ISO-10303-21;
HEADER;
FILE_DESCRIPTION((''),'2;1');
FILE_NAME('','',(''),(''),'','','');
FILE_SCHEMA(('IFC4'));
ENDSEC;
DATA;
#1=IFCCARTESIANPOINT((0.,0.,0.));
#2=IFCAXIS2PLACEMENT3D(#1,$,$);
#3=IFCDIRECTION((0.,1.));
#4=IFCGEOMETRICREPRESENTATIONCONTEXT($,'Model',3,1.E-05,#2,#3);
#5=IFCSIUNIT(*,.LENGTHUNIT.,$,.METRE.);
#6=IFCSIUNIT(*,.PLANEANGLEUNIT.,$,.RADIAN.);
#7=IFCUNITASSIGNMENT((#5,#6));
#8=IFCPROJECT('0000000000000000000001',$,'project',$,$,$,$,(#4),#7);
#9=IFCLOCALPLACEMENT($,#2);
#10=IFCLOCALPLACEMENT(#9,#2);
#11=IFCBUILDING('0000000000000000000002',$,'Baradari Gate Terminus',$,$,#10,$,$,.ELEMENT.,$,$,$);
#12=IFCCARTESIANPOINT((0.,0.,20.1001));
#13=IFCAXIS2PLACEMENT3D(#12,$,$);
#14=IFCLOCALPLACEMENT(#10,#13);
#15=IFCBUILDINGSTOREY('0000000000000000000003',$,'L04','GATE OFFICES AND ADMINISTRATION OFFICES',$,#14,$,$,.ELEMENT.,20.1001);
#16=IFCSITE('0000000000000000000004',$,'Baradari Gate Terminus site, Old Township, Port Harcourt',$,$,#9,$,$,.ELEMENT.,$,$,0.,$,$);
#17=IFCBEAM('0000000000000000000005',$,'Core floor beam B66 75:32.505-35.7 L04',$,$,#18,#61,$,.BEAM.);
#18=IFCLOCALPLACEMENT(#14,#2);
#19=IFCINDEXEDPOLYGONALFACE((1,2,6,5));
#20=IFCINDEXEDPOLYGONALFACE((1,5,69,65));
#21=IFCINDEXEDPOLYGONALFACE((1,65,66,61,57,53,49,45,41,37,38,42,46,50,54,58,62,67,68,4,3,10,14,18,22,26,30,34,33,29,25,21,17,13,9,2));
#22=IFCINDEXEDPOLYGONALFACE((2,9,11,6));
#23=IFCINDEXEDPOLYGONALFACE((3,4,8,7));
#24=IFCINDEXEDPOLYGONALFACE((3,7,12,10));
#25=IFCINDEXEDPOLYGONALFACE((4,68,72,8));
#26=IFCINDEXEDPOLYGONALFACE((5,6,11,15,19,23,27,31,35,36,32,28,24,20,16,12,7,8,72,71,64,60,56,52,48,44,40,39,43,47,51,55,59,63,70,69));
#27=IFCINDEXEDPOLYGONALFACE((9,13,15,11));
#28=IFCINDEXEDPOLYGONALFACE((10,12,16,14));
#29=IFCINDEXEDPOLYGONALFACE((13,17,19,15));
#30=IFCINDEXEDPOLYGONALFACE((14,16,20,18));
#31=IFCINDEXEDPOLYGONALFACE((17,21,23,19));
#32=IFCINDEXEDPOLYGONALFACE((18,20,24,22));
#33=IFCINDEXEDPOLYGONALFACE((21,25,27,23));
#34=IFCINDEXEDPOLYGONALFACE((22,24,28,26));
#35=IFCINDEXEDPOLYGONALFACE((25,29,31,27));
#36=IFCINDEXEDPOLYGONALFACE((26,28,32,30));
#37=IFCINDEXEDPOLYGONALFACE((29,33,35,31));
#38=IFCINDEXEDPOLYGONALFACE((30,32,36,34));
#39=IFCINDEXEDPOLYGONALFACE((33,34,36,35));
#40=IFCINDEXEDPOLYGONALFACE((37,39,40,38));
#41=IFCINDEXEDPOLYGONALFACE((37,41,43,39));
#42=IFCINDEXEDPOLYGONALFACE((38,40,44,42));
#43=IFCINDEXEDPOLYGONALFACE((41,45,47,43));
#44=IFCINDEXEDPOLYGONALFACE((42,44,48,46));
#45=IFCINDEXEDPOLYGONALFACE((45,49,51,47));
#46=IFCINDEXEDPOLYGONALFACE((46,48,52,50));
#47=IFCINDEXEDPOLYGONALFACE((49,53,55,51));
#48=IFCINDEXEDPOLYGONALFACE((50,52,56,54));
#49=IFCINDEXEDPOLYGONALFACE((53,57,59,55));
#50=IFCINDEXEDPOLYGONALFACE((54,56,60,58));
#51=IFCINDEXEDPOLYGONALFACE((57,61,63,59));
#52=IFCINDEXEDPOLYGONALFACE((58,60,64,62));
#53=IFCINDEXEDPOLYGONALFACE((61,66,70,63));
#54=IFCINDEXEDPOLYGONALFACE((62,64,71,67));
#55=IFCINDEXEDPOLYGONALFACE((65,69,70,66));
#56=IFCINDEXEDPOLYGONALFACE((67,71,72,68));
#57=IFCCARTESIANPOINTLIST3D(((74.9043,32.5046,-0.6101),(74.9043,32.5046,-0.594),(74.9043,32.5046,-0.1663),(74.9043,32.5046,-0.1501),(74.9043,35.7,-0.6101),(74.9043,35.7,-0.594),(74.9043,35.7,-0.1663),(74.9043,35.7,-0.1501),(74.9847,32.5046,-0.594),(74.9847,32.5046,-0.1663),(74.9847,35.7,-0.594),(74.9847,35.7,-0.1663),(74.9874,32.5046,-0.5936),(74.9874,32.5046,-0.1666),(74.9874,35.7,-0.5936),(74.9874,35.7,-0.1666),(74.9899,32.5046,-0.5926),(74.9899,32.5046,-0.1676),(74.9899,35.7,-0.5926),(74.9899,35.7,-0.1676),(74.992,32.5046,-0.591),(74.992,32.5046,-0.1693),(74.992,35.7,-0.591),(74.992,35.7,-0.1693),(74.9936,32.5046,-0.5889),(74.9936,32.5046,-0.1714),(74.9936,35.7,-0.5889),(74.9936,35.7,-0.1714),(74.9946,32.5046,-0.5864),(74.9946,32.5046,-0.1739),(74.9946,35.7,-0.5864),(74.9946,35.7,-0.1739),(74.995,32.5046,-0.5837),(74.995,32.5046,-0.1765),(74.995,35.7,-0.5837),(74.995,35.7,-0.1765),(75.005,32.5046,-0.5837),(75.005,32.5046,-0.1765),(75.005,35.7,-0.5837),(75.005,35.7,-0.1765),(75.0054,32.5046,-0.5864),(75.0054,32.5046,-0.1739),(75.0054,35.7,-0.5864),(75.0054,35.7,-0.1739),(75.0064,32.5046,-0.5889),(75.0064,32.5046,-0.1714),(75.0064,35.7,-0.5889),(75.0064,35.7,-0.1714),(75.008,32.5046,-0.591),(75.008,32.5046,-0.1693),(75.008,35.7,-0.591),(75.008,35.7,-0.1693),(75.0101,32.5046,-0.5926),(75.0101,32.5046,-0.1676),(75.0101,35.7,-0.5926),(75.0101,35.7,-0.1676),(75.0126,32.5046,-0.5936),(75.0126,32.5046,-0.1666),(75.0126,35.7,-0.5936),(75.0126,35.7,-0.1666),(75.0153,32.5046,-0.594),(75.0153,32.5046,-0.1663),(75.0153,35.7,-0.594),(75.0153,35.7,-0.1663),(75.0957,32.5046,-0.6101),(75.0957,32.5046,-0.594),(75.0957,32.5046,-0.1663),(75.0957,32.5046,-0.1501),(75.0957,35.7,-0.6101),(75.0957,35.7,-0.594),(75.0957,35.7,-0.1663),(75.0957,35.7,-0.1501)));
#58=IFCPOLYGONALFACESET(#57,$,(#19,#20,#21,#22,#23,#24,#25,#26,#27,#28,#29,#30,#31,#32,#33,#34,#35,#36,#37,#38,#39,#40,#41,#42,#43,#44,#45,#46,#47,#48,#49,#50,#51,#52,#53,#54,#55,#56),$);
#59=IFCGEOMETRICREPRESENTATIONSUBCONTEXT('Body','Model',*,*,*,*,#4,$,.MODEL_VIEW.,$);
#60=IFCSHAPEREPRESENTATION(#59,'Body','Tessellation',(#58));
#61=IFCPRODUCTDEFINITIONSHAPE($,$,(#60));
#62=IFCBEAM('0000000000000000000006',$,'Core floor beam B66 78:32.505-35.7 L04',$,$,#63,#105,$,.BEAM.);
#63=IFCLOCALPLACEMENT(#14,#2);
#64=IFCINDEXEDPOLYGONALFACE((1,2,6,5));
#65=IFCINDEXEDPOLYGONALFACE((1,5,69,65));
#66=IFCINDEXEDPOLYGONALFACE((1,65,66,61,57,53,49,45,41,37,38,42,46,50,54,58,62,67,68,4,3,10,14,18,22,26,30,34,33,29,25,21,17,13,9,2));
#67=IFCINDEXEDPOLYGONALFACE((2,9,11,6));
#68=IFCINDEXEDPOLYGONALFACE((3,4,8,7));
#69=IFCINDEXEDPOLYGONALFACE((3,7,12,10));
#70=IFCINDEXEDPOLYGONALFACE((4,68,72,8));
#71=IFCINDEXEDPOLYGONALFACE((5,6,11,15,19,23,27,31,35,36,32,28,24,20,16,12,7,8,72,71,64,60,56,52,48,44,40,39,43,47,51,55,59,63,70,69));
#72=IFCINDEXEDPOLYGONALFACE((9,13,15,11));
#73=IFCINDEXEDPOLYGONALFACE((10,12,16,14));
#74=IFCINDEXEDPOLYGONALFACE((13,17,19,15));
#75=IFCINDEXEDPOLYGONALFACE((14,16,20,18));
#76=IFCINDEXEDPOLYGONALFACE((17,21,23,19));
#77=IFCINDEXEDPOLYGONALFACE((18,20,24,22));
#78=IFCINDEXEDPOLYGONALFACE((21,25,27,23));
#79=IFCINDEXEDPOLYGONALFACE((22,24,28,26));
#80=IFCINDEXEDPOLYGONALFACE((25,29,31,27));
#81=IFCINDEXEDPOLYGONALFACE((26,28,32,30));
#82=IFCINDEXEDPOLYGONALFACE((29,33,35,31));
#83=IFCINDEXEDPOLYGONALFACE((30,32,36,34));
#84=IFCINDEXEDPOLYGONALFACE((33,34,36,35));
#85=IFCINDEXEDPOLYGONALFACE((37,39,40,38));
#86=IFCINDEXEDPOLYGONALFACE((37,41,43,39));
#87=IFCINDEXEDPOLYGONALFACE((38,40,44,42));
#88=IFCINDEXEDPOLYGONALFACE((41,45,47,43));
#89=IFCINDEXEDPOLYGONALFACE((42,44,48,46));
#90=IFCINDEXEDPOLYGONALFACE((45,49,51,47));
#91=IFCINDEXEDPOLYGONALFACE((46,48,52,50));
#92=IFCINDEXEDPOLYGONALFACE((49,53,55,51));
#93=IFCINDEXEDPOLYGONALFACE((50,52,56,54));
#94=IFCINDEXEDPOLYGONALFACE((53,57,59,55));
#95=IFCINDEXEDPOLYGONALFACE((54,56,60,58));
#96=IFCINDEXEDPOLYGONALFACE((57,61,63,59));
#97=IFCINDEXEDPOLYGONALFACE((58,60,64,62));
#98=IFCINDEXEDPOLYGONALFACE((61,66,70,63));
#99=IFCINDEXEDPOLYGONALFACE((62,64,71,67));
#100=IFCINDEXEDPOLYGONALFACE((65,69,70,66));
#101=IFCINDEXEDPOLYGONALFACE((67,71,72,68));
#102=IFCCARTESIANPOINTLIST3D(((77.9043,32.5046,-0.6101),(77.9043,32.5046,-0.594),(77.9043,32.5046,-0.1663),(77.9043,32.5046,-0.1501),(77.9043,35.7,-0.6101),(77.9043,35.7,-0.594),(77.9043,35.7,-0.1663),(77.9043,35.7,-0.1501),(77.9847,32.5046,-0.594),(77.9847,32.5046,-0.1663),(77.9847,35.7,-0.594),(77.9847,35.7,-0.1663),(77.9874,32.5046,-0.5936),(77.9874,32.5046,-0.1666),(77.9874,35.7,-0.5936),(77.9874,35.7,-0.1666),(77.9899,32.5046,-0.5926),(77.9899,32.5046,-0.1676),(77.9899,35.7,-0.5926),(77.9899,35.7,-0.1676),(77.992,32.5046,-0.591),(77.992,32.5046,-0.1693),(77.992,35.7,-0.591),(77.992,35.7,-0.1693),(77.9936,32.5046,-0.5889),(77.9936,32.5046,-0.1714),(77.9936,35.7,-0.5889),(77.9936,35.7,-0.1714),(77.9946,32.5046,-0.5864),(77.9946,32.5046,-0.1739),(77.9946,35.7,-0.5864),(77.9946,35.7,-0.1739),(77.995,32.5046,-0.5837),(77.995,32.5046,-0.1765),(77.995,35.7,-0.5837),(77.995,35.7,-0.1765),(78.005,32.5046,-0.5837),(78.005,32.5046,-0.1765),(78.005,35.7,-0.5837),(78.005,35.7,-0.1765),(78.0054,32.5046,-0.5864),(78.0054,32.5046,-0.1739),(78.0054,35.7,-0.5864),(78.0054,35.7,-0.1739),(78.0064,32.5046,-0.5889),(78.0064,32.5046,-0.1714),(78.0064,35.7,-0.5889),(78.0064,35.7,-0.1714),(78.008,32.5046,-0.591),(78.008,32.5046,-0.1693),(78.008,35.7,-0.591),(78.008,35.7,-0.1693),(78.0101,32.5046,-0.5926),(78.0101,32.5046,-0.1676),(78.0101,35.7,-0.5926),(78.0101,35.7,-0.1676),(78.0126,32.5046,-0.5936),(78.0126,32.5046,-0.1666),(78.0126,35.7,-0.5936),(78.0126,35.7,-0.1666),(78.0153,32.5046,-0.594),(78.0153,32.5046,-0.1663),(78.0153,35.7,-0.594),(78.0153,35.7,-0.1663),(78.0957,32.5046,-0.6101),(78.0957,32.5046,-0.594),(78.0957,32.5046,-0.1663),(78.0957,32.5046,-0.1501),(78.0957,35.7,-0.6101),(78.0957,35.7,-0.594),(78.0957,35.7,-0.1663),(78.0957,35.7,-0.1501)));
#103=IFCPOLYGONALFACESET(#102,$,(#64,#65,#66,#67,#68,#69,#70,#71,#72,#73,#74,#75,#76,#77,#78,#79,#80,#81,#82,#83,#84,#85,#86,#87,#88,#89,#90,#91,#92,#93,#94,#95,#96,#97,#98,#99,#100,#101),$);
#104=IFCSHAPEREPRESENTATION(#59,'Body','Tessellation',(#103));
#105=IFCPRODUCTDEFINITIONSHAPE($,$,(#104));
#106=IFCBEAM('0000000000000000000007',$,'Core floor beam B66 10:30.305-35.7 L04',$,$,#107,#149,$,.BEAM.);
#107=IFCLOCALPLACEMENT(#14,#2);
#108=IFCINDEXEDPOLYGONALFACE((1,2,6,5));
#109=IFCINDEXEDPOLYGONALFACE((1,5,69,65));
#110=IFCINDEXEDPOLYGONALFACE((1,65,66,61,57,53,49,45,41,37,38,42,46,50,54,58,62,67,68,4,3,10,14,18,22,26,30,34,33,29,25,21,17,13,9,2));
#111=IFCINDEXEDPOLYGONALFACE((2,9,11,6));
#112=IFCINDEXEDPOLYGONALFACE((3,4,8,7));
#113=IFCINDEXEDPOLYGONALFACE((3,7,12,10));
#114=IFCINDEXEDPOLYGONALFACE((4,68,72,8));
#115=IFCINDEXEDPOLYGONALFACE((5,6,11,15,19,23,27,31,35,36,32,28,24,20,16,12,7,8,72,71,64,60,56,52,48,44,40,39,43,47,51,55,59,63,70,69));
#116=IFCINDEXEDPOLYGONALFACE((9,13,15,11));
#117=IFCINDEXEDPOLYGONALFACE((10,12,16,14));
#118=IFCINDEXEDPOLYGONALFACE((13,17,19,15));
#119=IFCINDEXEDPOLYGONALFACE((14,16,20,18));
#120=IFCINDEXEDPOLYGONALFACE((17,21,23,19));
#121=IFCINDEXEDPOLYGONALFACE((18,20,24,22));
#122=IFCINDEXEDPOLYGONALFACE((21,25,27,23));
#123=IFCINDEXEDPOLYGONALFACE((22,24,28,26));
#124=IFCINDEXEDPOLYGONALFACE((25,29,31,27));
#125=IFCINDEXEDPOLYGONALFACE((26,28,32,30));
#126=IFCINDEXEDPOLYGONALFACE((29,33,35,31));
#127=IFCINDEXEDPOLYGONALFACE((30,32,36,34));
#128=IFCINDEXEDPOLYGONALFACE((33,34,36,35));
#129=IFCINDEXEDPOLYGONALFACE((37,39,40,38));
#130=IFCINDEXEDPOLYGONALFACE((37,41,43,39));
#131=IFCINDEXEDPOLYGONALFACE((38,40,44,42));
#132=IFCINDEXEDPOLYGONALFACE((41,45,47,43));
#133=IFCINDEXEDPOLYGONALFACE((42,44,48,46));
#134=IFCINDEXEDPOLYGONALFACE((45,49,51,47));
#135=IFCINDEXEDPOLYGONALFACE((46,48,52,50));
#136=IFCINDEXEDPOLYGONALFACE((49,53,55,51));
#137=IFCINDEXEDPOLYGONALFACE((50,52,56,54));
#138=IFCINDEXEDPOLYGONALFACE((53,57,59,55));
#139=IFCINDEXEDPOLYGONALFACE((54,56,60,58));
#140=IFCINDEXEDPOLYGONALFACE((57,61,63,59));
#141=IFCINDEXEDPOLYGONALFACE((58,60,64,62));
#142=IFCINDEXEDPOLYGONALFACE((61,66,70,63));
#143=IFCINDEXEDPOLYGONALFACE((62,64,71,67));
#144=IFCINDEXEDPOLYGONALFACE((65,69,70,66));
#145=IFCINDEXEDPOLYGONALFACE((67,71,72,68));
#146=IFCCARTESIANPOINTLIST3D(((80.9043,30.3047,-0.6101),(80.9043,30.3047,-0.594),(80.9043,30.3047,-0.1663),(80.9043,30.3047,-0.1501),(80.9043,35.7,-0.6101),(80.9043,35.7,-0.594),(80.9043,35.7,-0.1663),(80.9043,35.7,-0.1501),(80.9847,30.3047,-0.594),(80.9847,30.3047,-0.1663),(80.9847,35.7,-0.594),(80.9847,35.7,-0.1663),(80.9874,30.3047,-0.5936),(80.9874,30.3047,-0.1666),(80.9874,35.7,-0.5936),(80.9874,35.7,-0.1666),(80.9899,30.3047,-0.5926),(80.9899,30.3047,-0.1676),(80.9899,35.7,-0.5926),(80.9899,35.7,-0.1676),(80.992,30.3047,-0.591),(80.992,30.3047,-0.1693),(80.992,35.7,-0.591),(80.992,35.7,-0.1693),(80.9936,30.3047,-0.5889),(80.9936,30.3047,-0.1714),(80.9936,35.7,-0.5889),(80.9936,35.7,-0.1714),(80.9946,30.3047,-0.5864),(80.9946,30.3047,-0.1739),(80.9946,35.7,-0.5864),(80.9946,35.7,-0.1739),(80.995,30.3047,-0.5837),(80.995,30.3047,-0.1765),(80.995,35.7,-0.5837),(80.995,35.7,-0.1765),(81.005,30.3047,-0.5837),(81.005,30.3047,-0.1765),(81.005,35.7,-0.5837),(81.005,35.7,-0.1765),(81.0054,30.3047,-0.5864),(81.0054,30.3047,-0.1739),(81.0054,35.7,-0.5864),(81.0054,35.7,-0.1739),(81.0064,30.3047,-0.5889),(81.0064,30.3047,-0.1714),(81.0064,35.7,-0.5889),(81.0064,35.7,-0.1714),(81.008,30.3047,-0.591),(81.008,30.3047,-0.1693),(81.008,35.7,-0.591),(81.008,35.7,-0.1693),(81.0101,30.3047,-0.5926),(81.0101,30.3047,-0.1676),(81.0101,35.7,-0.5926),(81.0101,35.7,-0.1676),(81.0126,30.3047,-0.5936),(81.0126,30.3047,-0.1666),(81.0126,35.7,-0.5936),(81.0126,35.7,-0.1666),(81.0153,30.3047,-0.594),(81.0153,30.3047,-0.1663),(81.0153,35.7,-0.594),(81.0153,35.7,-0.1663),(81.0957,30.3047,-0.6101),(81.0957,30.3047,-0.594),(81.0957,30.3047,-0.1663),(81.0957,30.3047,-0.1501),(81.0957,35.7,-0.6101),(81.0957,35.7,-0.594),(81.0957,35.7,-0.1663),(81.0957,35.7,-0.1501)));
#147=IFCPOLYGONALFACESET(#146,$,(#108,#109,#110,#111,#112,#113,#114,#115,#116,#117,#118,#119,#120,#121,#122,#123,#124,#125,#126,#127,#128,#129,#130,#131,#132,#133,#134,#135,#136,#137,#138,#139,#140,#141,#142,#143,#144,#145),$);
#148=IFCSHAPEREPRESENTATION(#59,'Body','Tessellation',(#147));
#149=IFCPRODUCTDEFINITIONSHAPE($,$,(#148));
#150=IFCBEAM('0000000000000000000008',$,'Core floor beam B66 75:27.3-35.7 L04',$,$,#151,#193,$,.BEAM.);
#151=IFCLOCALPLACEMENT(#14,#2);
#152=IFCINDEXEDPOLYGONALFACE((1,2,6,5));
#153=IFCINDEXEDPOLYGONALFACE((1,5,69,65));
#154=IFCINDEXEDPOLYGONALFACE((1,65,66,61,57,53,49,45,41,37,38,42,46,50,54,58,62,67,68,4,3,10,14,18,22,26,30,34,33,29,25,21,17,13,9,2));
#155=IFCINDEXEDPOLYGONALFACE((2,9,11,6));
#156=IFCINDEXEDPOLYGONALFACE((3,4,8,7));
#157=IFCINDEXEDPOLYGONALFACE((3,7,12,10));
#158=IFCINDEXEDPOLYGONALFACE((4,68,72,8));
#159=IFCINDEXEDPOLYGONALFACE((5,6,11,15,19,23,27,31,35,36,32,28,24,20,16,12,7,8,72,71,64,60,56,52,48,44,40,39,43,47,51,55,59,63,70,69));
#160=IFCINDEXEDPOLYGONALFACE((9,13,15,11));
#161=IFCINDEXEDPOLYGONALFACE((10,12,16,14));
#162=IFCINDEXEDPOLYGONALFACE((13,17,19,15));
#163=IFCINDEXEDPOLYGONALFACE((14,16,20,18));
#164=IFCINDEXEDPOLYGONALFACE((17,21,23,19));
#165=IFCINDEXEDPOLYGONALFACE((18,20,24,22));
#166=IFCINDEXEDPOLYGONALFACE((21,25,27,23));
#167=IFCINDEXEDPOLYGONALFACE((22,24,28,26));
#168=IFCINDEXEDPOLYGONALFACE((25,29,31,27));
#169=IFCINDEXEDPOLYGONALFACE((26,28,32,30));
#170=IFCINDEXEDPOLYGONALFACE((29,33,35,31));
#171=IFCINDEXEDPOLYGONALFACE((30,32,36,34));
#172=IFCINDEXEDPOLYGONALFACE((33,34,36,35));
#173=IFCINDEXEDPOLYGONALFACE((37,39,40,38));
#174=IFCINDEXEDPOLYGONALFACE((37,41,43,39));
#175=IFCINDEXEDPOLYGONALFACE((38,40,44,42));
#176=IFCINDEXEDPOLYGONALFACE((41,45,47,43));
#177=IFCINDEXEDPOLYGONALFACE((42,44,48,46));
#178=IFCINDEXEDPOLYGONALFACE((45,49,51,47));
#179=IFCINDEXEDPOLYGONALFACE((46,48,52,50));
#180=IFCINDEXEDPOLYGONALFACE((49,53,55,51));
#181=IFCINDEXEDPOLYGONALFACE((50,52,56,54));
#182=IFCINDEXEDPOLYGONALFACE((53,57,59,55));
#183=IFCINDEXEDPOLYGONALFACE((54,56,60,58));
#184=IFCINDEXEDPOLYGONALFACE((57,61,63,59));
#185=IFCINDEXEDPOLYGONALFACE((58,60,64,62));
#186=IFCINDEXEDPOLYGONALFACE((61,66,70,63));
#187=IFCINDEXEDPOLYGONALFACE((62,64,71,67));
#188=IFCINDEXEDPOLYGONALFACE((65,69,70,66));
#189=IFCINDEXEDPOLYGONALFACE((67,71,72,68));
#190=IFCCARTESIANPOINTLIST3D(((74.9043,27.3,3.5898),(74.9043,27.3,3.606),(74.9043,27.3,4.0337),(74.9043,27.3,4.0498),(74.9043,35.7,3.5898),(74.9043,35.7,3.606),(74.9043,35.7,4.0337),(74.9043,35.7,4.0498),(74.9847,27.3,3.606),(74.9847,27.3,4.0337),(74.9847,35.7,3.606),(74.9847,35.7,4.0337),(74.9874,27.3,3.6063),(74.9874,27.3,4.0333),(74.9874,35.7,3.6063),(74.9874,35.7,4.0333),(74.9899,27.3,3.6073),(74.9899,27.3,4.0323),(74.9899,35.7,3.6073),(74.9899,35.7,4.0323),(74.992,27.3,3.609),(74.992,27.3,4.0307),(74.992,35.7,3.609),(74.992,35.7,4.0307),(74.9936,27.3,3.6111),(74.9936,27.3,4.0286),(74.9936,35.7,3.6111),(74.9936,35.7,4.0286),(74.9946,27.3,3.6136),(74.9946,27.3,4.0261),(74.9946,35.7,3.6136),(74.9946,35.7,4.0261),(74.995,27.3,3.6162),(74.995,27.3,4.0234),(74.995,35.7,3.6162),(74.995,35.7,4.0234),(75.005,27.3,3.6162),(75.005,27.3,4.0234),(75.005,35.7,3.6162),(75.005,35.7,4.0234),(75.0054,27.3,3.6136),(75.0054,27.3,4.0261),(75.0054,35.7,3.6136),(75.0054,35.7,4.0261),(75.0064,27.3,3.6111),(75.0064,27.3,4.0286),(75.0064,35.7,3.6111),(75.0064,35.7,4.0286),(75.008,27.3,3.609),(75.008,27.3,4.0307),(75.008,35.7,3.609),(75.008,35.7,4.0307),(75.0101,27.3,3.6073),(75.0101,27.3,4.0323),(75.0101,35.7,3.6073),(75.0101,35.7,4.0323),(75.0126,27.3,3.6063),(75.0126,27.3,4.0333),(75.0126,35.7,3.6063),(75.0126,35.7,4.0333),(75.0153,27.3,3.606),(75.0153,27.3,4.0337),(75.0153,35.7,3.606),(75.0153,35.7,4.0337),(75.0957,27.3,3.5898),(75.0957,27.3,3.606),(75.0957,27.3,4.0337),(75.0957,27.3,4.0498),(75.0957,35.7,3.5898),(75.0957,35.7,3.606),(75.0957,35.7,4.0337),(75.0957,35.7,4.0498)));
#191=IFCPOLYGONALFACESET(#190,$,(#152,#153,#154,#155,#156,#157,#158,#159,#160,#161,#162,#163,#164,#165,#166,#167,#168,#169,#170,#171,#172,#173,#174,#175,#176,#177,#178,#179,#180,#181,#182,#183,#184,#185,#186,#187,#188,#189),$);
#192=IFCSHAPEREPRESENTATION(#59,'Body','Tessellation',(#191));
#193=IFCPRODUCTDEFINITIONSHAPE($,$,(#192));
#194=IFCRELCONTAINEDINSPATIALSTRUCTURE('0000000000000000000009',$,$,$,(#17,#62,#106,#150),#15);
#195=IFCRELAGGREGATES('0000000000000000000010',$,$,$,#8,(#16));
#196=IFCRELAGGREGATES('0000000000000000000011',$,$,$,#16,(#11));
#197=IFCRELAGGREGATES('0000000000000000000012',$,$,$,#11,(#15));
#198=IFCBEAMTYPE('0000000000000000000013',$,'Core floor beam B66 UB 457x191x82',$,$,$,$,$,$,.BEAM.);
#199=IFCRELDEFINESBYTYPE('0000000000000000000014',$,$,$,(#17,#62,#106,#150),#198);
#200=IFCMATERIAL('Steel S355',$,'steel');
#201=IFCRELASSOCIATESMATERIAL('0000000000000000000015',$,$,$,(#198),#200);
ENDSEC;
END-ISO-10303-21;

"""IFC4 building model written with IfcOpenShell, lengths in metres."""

from ifc_helpers import new_model, si_unit, direction, frame, origin, origin_2d, place, context, subcontext, project, spatial, i_section, extrude, material, material_profile, profile_set, type_object, element, save


model = new_model("IFC4")

# Units and contexts
model_context = context("Model", 3, precision=1e-05, world=origin(), true_north=direction((0.0, 1.0)))
body_context = subcontext(model_context, "Body", "Model", "MODEL_VIEW")
ifc_project = project(units=[si_unit("LENGTHUNIT", "METRE"), si_unit("PLANEANGLEUNIT", "RADIAN")], contexts=[model_context])

# Site, building, storey
site_placement = place(None, origin())
site = spatial("IfcSite", under=ifc_project, at=site_placement, Name="Baradari Gate Terminus site, Old Township, Port Harcourt", CompositionType="ELEMENT", RefElevation=0.0)
building_placement = place(site_placement, origin())
building = spatial("IfcBuilding", under=site, at=building_placement, Name="Baradari Gate Terminus", CompositionType="ELEMENT")
storey_placement = place(building_placement, frame((0.0, 0.0, 20.1001)))
storey = spatial("IfcBuildingStorey", under=building, at=storey_placement, Name="L04", Description="GATE OFFICES AND ADMINISTRATION OFFICES", CompositionType="ELEMENT", Elevation=20.1001)

# Beams
ifc_material_1 = material(Name="Steel S355", Category="steel")
ifc_material_profile_1 = material_profile(ifc_material_1, i_section(OverallWidth=0.1914, OverallDepth=0.46, WebThickness=0.01, FlangeThickness=0.0161, FilletRadius=0.0103, at=origin_2d()), Name="UB 457x191x82")
ifc_profile_set_1 = profile_set([ifc_material_profile_1], Name="Steel S355")
beam_type_1 = type_object("IfcBeamType", Name="Core floor beam B66 UB 457x191x82", PredefinedType="BEAM", material=ifc_profile_set_1)
for number, where, z_axis, x_axis, name in (
    (1, (75.0, 32.5046, -0.3801), (0.0, 1.0, 0.0), (-1.0, 0.0, 0.0), "Core floor beam B66 75:32.505-35.7 L04"),
    (2, (78.0, 32.5046, -0.3801), (0.0, 1.0, 0.0), (-1.0, 0.0, 0.0), "Core floor beam B66 78:32.505-35.7 L04"),
):
    element("IfcBeam", number, at=place(storey_placement, frame(where, z_axis=z_axis, x_axis=x_axis)), inside=storey, type_object=beam_type_1, Name=name, PredefinedType="BEAM", context=body_context, shape_type="SweptSolid", body=[
        extrude(i_section(OverallWidth=0.1914, OverallDepth=0.46, WebThickness=0.01, FlangeThickness=0.0161, FilletRadius=0.0103, at=origin_2d()), origin(), (0.0, 0.0, 1.0), 3.1953),
    ])
beam_1_placement = place(storey_placement, frame((81.0, 30.3047, -0.3801), z_axis=(0.0, 1.0, 0.0), x_axis=(-1.0, 0.0, 0.0)))
element("IfcBeam", 3, at=beam_1_placement, inside=storey, type_object=beam_type_1, Name="Core floor beam B66 10:30.305-35.7 L04", PredefinedType="BEAM", context=body_context, shape_type="SweptSolid", body=[
    extrude(i_section(OverallWidth=0.1914, OverallDepth=0.46, WebThickness=0.01, FlangeThickness=0.0161, FilletRadius=0.0103, at=origin_2d()), origin(), (0.0, 0.0, 1.0), 5.3953),
])
for number, where, z_axis, x_axis, name in (
    (4, (75.0, 27.3, 3.8198), (0.0, 1.0, 0.0), (-1.0, 0.0, 0.0), "Core floor beam B66 75:27.3-35.7 L04"),
):
    element("IfcBeam", number, at=place(storey_placement, frame(where, z_axis=z_axis, x_axis=x_axis)), inside=storey, type_object=beam_type_1, Name=name, PredefinedType="BEAM", context=body_context, shape_type="SweptSolid", body=[
        extrude(i_section(OverallWidth=0.1914, OverallDepth=0.46, WebThickness=0.01, FlangeThickness=0.0161, FilletRadius=0.0103, at=origin_2d()), origin(), (0.0, 0.0, 1.0), 8.3999),
    ])

save(model, "model.ifc")
